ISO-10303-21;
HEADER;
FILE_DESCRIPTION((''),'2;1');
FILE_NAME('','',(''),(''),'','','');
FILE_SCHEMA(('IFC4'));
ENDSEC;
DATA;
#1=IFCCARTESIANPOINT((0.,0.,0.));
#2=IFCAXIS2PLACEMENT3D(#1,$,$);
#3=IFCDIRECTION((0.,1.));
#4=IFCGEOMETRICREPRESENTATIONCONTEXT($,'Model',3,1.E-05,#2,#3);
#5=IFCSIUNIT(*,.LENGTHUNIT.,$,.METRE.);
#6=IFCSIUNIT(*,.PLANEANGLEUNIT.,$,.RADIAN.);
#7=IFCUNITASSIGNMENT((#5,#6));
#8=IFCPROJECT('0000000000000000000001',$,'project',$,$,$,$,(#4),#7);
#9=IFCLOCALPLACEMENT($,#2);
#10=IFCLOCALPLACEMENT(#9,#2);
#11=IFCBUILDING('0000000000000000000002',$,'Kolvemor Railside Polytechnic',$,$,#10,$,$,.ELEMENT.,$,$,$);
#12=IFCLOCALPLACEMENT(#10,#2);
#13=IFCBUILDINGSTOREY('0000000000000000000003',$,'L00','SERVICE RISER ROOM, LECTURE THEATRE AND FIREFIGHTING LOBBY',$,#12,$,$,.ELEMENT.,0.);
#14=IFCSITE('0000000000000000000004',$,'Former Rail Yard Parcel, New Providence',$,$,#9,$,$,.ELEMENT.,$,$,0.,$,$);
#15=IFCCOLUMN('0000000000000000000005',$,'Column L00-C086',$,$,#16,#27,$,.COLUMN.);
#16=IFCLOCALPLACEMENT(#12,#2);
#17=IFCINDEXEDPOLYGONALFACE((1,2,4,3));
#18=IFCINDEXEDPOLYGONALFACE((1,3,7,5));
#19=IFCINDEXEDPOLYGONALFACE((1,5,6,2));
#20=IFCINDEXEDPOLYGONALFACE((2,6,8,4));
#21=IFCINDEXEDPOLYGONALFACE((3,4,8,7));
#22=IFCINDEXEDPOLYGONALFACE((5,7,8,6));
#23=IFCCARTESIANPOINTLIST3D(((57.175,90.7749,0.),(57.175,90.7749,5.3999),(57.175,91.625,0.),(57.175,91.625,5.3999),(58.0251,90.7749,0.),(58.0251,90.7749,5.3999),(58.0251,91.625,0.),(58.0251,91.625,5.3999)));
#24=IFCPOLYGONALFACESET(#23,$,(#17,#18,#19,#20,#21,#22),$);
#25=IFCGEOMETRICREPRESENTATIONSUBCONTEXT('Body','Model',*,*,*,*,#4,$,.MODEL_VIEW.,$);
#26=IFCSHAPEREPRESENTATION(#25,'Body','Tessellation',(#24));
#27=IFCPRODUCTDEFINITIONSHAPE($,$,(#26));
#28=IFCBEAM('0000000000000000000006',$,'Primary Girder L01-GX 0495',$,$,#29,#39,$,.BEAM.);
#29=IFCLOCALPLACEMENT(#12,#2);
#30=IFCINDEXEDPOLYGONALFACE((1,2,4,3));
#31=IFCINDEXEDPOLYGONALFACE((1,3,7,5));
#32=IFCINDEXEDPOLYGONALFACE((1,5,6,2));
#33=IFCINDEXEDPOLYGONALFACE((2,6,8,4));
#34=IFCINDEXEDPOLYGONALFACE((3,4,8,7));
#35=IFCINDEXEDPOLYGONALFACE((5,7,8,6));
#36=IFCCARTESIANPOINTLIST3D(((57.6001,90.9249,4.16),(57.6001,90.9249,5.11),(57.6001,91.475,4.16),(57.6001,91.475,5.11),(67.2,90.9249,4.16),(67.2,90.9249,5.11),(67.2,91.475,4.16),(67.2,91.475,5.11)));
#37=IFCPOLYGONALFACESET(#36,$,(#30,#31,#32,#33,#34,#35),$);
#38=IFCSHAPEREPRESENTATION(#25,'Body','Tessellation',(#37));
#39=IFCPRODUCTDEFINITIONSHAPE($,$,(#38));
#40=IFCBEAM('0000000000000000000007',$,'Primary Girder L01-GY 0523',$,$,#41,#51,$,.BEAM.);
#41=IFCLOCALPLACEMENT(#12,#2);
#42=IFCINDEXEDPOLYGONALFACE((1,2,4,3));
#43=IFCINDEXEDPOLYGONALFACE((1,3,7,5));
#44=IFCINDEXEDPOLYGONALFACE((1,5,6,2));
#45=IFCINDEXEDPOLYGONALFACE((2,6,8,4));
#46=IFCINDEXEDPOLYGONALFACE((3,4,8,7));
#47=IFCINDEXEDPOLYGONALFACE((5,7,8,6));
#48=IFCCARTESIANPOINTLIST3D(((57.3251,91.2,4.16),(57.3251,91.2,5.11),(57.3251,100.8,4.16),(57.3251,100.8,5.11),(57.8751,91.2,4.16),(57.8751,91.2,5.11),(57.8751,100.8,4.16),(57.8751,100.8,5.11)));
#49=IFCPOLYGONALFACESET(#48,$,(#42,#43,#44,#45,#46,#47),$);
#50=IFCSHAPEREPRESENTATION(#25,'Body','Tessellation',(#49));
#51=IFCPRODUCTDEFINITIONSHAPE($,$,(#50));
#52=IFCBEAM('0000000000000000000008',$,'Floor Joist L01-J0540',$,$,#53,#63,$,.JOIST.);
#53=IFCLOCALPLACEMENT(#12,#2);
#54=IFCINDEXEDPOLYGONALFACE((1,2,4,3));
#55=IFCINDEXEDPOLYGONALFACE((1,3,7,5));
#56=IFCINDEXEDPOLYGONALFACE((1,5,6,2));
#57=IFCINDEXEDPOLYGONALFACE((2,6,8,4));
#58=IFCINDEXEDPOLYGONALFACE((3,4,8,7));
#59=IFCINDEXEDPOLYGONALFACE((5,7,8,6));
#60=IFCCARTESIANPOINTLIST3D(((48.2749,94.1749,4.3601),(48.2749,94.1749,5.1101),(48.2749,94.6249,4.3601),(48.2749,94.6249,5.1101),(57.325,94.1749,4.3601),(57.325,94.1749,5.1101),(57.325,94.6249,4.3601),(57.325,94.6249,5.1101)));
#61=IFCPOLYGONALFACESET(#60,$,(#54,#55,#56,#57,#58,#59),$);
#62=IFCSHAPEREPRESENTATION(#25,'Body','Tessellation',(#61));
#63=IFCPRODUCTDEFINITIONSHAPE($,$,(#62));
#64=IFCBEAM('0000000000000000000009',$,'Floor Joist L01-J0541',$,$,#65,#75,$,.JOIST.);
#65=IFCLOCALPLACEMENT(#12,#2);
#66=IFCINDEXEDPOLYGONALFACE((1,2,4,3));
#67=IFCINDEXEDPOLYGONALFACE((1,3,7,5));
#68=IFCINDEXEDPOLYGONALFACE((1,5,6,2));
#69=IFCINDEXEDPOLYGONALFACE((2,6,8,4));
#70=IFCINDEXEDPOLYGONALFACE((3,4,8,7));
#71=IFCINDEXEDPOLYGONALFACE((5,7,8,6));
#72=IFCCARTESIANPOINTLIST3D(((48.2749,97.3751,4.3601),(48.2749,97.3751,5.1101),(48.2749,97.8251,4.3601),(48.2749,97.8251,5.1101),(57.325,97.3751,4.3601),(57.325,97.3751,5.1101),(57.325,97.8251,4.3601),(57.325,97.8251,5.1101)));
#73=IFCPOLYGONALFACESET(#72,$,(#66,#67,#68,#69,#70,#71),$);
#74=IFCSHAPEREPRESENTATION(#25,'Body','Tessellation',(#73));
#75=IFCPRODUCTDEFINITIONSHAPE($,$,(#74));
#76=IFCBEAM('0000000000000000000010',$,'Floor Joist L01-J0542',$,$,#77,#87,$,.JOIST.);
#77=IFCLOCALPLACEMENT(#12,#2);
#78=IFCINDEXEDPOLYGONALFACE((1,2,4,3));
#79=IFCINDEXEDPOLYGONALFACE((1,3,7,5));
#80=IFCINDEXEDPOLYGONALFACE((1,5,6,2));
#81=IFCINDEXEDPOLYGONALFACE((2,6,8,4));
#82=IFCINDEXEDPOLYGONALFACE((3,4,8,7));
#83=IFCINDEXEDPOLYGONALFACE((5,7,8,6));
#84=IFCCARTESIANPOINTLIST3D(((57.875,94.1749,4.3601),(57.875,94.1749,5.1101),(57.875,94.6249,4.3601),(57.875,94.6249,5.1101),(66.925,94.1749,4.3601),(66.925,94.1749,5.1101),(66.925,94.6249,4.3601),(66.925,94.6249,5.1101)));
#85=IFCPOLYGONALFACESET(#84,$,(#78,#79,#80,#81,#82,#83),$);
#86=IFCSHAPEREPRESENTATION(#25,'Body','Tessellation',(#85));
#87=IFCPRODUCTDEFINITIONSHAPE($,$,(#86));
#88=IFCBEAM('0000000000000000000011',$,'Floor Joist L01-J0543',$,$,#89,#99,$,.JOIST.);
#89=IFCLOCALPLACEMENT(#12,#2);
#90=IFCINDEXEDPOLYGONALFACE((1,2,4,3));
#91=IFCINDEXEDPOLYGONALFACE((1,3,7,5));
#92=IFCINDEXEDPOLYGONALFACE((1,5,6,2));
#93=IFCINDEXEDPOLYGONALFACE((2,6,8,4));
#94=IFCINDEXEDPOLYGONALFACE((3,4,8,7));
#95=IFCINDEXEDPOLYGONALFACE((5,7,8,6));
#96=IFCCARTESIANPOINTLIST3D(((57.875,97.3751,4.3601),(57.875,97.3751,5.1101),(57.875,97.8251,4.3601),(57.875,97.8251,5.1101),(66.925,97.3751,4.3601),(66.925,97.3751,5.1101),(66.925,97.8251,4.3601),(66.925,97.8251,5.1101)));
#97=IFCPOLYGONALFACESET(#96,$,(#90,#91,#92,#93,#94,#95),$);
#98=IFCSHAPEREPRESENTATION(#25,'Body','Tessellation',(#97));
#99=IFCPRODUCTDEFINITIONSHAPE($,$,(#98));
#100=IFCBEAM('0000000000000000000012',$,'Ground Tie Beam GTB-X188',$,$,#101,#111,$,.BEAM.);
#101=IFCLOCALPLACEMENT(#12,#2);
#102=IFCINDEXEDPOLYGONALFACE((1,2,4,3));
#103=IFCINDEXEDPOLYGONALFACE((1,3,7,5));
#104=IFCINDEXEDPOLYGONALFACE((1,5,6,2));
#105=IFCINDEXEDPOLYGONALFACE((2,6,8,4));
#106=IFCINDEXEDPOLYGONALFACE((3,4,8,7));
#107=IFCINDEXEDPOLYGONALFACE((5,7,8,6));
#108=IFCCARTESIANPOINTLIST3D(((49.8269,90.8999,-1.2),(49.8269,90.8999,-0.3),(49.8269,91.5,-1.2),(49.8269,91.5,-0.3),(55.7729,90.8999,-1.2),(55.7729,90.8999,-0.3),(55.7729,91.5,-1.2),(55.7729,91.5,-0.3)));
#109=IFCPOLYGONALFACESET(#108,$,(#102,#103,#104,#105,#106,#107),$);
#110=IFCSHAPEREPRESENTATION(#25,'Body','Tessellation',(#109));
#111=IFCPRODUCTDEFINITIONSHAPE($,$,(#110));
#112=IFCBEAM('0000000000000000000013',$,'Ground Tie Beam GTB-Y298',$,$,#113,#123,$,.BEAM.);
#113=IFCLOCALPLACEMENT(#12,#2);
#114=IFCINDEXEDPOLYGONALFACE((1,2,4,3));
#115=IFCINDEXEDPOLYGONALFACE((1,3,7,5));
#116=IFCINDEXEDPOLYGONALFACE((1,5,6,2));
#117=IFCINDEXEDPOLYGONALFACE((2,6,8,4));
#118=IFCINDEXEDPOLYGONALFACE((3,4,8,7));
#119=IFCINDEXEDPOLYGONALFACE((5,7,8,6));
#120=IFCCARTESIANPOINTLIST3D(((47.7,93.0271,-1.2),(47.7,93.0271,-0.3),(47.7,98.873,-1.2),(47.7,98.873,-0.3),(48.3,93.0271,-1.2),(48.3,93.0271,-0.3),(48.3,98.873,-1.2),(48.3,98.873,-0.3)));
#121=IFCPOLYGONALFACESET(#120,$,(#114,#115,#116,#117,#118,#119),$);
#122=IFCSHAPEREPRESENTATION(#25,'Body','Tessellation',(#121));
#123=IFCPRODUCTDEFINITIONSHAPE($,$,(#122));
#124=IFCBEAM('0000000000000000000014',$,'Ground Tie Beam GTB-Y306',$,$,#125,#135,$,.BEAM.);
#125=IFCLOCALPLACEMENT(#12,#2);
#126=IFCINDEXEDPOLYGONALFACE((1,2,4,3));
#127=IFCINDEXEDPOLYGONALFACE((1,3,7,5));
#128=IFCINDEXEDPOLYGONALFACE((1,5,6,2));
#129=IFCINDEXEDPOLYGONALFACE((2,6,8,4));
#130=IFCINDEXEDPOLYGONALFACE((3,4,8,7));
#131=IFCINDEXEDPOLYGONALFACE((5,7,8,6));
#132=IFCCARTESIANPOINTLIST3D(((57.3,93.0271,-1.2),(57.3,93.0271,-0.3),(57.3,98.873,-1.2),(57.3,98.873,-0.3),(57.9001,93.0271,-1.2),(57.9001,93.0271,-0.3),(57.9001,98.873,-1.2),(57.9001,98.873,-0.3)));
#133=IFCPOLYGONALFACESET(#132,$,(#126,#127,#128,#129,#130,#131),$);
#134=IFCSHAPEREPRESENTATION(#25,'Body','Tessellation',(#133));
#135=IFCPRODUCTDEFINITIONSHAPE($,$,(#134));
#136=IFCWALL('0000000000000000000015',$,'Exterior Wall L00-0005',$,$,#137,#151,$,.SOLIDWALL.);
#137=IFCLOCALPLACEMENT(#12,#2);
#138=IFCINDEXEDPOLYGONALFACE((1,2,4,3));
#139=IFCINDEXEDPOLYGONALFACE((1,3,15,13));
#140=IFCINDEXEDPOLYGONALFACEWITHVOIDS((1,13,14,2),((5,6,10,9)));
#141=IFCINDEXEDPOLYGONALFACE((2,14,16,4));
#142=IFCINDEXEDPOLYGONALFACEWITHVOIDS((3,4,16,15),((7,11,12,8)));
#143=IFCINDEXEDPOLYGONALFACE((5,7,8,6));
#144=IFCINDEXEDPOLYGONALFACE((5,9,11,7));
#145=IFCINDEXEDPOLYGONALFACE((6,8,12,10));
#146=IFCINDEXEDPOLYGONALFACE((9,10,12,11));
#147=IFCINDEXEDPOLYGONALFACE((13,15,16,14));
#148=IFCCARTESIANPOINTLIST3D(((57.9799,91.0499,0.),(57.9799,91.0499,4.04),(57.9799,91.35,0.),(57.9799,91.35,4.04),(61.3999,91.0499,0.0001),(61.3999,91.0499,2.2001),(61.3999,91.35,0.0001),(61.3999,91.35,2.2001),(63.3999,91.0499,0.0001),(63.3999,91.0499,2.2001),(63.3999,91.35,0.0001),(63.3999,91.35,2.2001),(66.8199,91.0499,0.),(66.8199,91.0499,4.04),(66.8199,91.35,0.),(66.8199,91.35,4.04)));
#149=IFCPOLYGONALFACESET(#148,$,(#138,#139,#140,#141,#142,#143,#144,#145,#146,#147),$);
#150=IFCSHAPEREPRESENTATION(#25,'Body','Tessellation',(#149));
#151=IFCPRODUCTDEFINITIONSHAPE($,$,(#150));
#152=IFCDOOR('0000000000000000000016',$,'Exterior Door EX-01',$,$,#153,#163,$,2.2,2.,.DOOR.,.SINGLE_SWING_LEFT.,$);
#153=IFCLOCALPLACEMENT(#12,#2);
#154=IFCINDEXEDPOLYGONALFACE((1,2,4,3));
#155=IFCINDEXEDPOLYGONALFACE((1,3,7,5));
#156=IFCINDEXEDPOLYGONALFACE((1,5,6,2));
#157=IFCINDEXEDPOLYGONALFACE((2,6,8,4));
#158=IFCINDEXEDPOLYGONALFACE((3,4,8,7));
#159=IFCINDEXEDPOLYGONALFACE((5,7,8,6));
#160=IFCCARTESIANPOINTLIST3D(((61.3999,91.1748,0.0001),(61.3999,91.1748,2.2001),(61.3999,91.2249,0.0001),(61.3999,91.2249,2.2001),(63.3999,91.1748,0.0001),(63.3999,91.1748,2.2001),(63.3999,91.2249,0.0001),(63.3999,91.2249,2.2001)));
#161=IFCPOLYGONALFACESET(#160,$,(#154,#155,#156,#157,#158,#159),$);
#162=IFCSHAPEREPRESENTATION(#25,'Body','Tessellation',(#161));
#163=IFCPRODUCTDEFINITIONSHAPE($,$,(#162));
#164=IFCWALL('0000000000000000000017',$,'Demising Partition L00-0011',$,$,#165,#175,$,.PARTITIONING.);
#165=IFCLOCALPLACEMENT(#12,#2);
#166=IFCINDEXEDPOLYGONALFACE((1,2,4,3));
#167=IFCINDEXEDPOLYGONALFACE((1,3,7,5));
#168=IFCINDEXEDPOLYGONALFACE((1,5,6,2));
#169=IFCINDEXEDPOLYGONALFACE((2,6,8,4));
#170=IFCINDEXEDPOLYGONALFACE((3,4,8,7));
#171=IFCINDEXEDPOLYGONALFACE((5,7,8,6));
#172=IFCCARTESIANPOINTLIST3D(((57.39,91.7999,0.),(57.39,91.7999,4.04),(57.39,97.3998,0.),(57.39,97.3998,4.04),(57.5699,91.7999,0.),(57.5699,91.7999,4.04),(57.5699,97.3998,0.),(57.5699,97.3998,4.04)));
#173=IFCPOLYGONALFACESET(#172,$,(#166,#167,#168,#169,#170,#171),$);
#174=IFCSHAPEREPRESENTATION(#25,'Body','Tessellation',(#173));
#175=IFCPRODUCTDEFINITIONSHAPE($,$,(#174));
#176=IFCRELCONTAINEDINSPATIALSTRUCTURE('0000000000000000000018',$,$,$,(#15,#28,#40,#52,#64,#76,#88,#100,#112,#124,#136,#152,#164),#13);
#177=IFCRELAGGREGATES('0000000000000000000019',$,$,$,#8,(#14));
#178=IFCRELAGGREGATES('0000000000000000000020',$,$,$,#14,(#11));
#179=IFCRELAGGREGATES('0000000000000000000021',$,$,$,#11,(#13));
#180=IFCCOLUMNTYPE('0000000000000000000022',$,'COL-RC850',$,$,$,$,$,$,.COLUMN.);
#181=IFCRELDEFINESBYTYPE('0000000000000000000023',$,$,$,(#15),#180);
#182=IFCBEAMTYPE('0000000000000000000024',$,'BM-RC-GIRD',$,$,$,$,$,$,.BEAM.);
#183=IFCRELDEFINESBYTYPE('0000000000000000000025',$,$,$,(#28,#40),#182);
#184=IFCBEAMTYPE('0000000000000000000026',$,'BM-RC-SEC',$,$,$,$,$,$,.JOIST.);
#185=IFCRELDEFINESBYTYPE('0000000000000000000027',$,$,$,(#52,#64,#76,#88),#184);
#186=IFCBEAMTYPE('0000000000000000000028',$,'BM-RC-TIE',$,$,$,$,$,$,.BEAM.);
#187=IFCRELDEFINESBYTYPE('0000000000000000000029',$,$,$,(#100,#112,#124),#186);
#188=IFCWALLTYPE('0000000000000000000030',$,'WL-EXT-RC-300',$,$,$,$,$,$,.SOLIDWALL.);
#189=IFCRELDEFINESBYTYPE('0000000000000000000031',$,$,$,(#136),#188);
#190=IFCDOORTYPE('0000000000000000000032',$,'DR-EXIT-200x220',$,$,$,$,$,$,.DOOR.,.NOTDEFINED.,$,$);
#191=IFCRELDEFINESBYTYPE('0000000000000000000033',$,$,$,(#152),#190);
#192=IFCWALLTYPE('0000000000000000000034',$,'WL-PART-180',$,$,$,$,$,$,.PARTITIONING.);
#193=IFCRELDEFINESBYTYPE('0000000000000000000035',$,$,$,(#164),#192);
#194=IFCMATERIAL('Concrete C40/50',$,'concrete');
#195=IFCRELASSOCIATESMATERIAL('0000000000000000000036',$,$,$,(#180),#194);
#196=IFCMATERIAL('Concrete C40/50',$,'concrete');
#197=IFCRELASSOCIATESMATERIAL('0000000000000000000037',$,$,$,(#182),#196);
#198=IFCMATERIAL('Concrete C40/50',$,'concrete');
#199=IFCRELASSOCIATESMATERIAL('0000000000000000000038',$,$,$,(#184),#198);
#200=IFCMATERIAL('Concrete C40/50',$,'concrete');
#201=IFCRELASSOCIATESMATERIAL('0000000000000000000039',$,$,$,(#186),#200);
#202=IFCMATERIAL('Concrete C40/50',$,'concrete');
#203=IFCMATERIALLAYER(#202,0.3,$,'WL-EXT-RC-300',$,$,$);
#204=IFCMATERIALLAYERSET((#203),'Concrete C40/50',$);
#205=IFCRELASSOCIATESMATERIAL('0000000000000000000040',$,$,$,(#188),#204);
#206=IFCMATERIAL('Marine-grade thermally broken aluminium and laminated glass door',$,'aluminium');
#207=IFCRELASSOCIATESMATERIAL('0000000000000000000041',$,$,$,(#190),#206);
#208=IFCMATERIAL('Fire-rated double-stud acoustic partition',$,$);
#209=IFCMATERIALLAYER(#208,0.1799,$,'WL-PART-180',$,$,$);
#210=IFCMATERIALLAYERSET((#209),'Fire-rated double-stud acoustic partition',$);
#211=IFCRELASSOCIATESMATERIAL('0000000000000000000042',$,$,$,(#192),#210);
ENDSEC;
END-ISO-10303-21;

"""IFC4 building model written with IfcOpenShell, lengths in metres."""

from ifc_helpers import new_model, si_unit, direction, frame, frame_2d, origin, origin_2d, place, context, subcontext, project, spatial, rectangle, extrude, material, layer, layer_set, material_profile, profile_set, type_object, element, fill, save


model = new_model("IFC4")

# Units and contexts
model_context = context("Model", 3, precision=1e-05, world=origin(), true_north=direction((0.0, 1.0)))
body_context = subcontext(model_context, "Body", "Model", "MODEL_VIEW")
ifc_project = project(units=[si_unit("LENGTHUNIT", "METRE"), si_unit("PLANEANGLEUNIT", "RADIAN")], contexts=[model_context])

# Site, building, storey
site_placement = place(None, origin())
site = spatial("IfcSite", under=ifc_project, at=site_placement, Name="Former Rail Yard Parcel, New Providence", CompositionType="ELEMENT", RefElevation=0.0)
building_placement = place(site_placement, origin())
building = spatial("IfcBuilding", under=site, at=building_placement, Name="Kolvemor Railside Polytechnic", CompositionType="ELEMENT")
storey_placement = place(building_placement, origin())
storey = spatial("IfcBuildingStorey", under=building, at=storey_placement, Name="L00", Description="SERVICE RISER ROOM, LECTURE THEATRE AND FIREFIGHTING LOBBY", CompositionType="ELEMENT", Elevation=0.0)

# Column
ifc_material_1 = material(Name="Concrete C40/50", Category="concrete")
ifc_material_profile_1 = material_profile(ifc_material_1, rectangle(XDim=0.8501, YDim=0.8501, at=origin_2d()), Name="RC850x850")
ifc_profile_set_1 = profile_set([ifc_material_profile_1], Name="Concrete C40/50")
column_type = type_object("IfcColumnType", Name="COL-RC850", PredefinedType="COLUMN", material=ifc_profile_set_1)
column_placement = place(storey_placement, frame((57.6001, 91.2, 0.0), z_axis=(0.0, 0.0, 1.0), x_axis=(1.0, 0.0, 0.0)))
element("IfcColumn", 1, at=column_placement, inside=storey, type_object=column_type, Name="Column L00-C086", PredefinedType="COLUMN", context=body_context, shape_type="SweptSolid", body=[
    extrude(rectangle(XDim=0.8501, YDim=0.8501, at=origin_2d()), origin(), (0.0, 0.0, 1.0), 5.3999),
])

# Beams
ifc_material_2 = material(Name="Concrete C40/50", Category="concrete")
ifc_material_profile_2 = material_profile(ifc_material_2, rectangle(XDim=0.55, YDim=0.95, at=origin_2d()), Name="RC550x950")
ifc_profile_set_2 = profile_set([ifc_material_profile_2], Name="Concrete C40/50")
beam_type_1 = type_object("IfcBeamType", Name="BM-RC-GIRD", PredefinedType="BEAM", material=ifc_profile_set_2)
beam_1_placement = place(storey_placement, frame((57.6001, 91.2, 4.635), z_axis=(1.0, 0.0, 0.0), x_axis=(0.0, 1.0, 0.0)))
element("IfcBeam", 2, at=beam_1_placement, inside=storey, type_object=beam_type_1, Name="Primary Girder L01-GX 0495", PredefinedType="BEAM", context=body_context, shape_type="SweptSolid", body=[
    extrude(rectangle(XDim=0.55, YDim=0.95, at=origin_2d()), origin(), (0.0, 0.0, 1.0), 9.5999),
])
beam_2_placement = place(storey_placement, frame((57.6001, 91.2, 4.635), z_axis=(0.0, 1.0, 0.0), x_axis=(-1.0, 0.0, 0.0)))
element("IfcBeam", 3, at=beam_2_placement, inside=storey, type_object=beam_type_1, Name="Primary Girder L01-GY 0523", PredefinedType="BEAM", context=body_context, shape_type="SweptSolid", body=[
    extrude(rectangle(XDim=0.55, YDim=0.95, at=origin_2d()), origin(), (0.0, 0.0, 1.0), 9.6001),
])
ifc_material_3 = material(Name="Concrete C40/50", Category="concrete")
ifc_material_profile_3 = material_profile(ifc_material_3, rectangle(XDim=0.45, YDim=0.75, at=origin_2d()), Name="RC450x750")
ifc_profile_set_3 = profile_set([ifc_material_profile_3], Name="Concrete C40/50")
beam_type_2 = type_object("IfcBeamType", Name="BM-RC-SEC", PredefinedType="JOIST", material=ifc_profile_set_3)
for number, where, z_axis, x_axis, name in (
    (4, (48.2749, 94.3999, 4.7351), (1.0, 0.0, 0.0), (0.0, 1.0, 0.0), "Floor Joist L01-J0540"),
    (5, (48.2749, 97.6001, 4.7351), (1.0, 0.0, 0.0), (0.0, 1.0, 0.0), "Floor Joist L01-J0541"),
    (6, (57.875, 94.3999, 4.7351), (1.0, 0.0, 0.0), (0.0, 1.0, 0.0), "Floor Joist L01-J0542"),
    (7, (57.875, 97.6001, 4.7351), (1.0, 0.0, 0.0), (0.0, 1.0, 0.0), "Floor Joist L01-J0543"),
):
    element("IfcBeam", number, at=place(storey_placement, frame(where, z_axis=z_axis, x_axis=x_axis)), inside=storey, type_object=beam_type_2, Name=name, PredefinedType="JOIST", context=body_context, shape_type="SweptSolid", body=[
        extrude(rectangle(XDim=0.45, YDim=0.75, at=origin_2d()), origin(), (0.0, 0.0, 1.0), 9.05),
    ])
ifc_material_4 = material(Name="Concrete C40/50", Category="concrete")
ifc_material_profile_4 = material_profile(ifc_material_4, rectangle(XDim=0.6001, YDim=0.8999, at=origin_2d()), Name="RC600x900")
ifc_profile_set_4 = profile_set([ifc_material_profile_4], Name="Concrete C40/50")
beam_type_3 = type_object("IfcBeamType", Name="BM-RC-TIE", PredefinedType="BEAM", material=ifc_profile_set_4)
beam_3_placement = place(storey_placement, frame((49.8269, 91.2, -0.75), z_axis=(1.0, 0.0, 0.0), x_axis=(0.0, 1.0, 0.0)))
element("IfcBeam", 8, at=beam_3_placement, inside=storey, type_object=beam_type_3, Name="Ground Tie Beam GTB-X188", PredefinedType="BEAM", context=body_context, shape_type="SweptSolid", body=[
    extrude(rectangle(XDim=0.6001, YDim=0.8999, at=origin_2d()), origin(), (0.0, 0.0, 1.0), 5.946),
])
for number, where, z_axis, x_axis, name in (
    (9, (48.0, 93.0271, -0.75), (0.0, 1.0, 0.0), (-1.0, 0.0, 0.0), "Ground Tie Beam GTB-Y298"),
    (10, (57.6001, 93.0271, -0.75), (0.0, 1.0, 0.0), (-1.0, 0.0, 0.0), "Ground Tie Beam GTB-Y306"),
):
    element("IfcBeam", number, at=place(storey_placement, frame(where, z_axis=z_axis, x_axis=x_axis)), inside=storey, type_object=beam_type_3, Name=name, PredefinedType="BEAM", context=body_context, shape_type="SweptSolid", body=[
        extrude(rectangle(XDim=0.6001, YDim=0.8999, at=origin_2d()), origin(), (0.0, 0.0, 1.0), 5.8459),
    ])

# Wall, opening, door
ifc_material_5 = material(Name="Concrete C40/50", Category="concrete")
ifc_layer_1 = layer(ifc_material_5, 0.3, Name="WL-EXT-RC-300")
ifc_layer_set_1 = layer_set([ifc_layer_1], Name="Concrete C40/50")
wall_type_1 = type_object("IfcWallType", Name="WL-EXT-RC-300", PredefinedType="SOLIDWALL", material=ifc_layer_set_1)
wall_1_placement = place(storey_placement, frame((57.98, 91.2, 0.0), z_axis=(0.0, 0.0, 1.0), x_axis=(1.0, 0.0, 0.0)))
wall_1 = element("IfcWall", 11, at=wall_1_placement, inside=storey, type_object=wall_type_1, Name="Exterior Wall L00-0005", PredefinedType="SOLIDWALL", context=body_context, shape_type="SweptSolid", body=[
    extrude(rectangle(XDim=8.8401, YDim=0.3, at=frame_2d((4.4199, 0.0))), origin(), (0.0, 0.0, 1.0), 4.04),
])
opening_1_placement = place(wall_1_placement, frame((3.4199, 0.0, 0.0)))
opening_1 = element("IfcOpeningElement", 12, at=opening_1_placement, cuts=wall_1, PredefinedType="OPENING", context=body_context, shape_type="SweptSolid", body=[
    extrude(rectangle(XDim=2.0, YDim=2.2, at=frame_2d((1.0, 1.1001))), frame((0.0, 0.1599, 0.0), z_axis=(0.0, -1.0, 0.0), x_axis=(1.0, 0.0, 0.0)), (0.0, 0.0, 1.0), 0.3201),
])
ifc_material_6 = material(Name="Marine-grade thermally broken aluminium and laminated glass door", Category="aluminium")
door_type_1 = type_object("IfcDoorType", Name="DR-EXIT-200x220", OperationType="NOTDEFINED", PredefinedType="DOOR", material=ifc_material_6)
door_1_placement = place(opening_1_placement, origin())
door_1 = element("IfcDoor", 13, at=door_1_placement, inside=storey, type_object=door_type_1, Name="Exterior Door EX-01", OperationType="SINGLE_SWING_LEFT", OverallHeight=2.2, OverallWidth=2.0, PredefinedType="DOOR", context=body_context, shape_type="SweptSolid", body=[
    extrude(rectangle(XDim=2.0, YDim=2.2, at=frame_2d((1.0, 1.1001))), frame((0.0, 0.0249, 0.0), z_axis=(0.0, -1.0, 0.0), x_axis=(1.0, 0.0, 0.0)), (0.0, 0.0, 1.0), 0.05),
])
fill(opening_1, door_1)

# Wall
ifc_material_7 = material(Name="Fire-rated double-stud acoustic partition")
ifc_layer_2 = layer(ifc_material_7, 0.1799, Name="WL-PART-180")
ifc_layer_set_2 = layer_set([ifc_layer_2], Name="Fire-rated double-stud acoustic partition")
wall_type_2 = type_object("IfcWallType", Name="WL-PART-180", PredefinedType="PARTITIONING", material=ifc_layer_set_2)
wall_2_placement = place(storey_placement, frame((57.48, 91.8, 0.0), z_axis=(0.0, 0.0, 1.0), x_axis=(0.0, 1.0, 0.0)))
element("IfcWall", 14, at=wall_2_placement, inside=storey, type_object=wall_type_2, Name="Demising Partition L00-0011", PredefinedType="PARTITIONING", context=body_context, shape_type="SweptSolid", body=[
    extrude(rectangle(XDim=5.5999, YDim=0.1799, at=frame_2d((2.7998, 0.0))), origin(), (0.0, 0.0, 1.0), 4.04),
])

save(model, "model.ifc")
